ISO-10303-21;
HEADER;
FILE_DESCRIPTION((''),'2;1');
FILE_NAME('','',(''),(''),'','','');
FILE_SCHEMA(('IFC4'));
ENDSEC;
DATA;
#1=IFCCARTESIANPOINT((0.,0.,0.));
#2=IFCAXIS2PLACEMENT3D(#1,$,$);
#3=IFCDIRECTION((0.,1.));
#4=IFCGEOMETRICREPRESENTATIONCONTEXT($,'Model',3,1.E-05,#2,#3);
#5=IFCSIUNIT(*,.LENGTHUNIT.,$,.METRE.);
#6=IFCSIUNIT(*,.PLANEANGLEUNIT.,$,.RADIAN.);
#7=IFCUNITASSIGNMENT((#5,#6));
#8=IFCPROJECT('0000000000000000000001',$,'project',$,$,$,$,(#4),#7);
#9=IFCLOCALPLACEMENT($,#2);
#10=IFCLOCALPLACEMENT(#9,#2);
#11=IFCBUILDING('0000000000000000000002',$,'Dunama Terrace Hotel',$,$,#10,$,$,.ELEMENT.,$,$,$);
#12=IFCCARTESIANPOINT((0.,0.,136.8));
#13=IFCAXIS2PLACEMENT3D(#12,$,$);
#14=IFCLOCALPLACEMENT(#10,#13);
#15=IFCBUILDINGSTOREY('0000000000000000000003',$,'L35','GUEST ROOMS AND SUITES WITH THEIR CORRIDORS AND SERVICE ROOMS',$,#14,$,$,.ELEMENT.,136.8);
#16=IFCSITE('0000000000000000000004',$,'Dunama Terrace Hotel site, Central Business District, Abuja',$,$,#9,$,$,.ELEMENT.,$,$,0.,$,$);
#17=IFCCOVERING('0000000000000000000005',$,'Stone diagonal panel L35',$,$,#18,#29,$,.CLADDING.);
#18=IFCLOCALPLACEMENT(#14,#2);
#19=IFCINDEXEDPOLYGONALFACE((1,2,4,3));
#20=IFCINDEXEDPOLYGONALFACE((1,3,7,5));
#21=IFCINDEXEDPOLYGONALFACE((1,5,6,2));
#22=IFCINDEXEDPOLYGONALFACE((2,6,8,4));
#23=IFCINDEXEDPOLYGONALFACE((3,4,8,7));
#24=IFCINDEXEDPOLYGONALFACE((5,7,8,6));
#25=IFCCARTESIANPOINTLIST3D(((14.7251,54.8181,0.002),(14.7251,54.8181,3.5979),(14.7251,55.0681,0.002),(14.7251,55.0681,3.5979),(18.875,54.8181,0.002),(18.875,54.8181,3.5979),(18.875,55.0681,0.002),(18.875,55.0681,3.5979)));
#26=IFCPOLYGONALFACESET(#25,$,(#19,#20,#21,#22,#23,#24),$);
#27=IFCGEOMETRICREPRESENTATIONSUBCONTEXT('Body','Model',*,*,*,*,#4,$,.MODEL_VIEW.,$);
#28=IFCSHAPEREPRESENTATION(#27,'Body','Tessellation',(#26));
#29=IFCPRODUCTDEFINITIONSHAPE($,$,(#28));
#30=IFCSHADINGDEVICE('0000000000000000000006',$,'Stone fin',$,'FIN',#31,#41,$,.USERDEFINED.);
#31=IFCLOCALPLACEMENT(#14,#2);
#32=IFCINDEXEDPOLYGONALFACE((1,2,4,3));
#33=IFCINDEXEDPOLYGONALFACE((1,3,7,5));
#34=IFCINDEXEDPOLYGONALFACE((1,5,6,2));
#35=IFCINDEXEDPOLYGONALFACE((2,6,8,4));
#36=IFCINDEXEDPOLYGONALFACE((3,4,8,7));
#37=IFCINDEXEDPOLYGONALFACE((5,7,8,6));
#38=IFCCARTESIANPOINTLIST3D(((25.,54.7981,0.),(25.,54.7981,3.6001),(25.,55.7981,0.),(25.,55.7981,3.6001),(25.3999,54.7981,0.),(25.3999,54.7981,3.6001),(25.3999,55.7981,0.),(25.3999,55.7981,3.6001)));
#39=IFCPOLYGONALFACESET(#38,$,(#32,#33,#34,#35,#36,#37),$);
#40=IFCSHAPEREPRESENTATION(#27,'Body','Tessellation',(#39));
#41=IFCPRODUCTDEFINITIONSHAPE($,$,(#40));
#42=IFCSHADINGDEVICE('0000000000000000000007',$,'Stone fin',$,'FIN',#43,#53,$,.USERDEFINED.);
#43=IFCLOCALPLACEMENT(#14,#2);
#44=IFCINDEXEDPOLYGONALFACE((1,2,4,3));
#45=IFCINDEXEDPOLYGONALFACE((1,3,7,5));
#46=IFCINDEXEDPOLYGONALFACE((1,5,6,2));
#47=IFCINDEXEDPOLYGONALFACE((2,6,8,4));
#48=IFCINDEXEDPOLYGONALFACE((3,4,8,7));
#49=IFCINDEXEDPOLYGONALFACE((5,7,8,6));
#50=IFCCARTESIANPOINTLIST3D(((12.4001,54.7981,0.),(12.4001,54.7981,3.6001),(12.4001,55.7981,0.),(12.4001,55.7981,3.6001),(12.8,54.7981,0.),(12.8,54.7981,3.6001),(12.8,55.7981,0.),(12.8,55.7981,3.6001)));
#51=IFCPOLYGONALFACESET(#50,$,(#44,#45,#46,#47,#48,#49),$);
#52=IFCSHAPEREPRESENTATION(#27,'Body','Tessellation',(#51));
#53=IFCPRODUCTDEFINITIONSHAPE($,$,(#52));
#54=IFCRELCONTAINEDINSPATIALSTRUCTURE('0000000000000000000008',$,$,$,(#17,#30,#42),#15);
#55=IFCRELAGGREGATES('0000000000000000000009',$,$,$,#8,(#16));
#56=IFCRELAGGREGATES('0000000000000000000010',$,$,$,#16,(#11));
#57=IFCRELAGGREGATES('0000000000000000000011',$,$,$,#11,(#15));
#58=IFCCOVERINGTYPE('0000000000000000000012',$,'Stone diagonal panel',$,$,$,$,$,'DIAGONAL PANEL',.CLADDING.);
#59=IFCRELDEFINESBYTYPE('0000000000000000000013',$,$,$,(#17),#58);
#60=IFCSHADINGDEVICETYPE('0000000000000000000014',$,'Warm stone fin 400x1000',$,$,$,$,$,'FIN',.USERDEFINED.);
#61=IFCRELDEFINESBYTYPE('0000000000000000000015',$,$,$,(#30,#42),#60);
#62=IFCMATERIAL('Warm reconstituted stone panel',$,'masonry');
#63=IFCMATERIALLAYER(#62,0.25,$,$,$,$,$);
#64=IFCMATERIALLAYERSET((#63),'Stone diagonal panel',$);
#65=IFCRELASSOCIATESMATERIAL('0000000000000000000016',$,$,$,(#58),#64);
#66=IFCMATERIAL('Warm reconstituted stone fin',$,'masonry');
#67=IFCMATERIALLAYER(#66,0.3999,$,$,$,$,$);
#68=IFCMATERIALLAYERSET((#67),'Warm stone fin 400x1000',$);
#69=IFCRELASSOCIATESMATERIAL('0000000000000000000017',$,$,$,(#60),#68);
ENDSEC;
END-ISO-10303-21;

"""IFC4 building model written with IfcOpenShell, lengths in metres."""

from ifc_helpers import new_model, si_unit, direction, frame, origin, origin_2d, place, context, subcontext, project, spatial, rectangle, extrude, material, layer, layer_set, type_object, element, save


model = new_model("IFC4")

# Units and contexts
model_context = context("Model", 3, precision=1e-05, world=origin(), true_north=direction((0.0, 1.0)))
body_context = subcontext(model_context, "Body", "Model", "MODEL_VIEW")
ifc_project = project(units=[si_unit("LENGTHUNIT", "METRE"), si_unit("PLANEANGLEUNIT", "RADIAN")], contexts=[model_context])

# Site, building, storey
site_placement = place(None, origin())
site = spatial("IfcSite", under=ifc_project, at=site_placement, Name="Dunama Terrace Hotel site, Central Business District, Abuja", CompositionType="ELEMENT", RefElevation=0.0)
building_placement = place(site_placement, origin())
building = spatial("IfcBuilding", under=site, at=building_placement, Name="Dunama Terrace Hotel", CompositionType="ELEMENT")
storey_placement = place(building_placement, frame((0.0, 0.0, 136.8)))
storey = spatial("IfcBuildingStorey", under=building, at=storey_placement, Name="L35", Description="GUEST ROOMS AND SUITES WITH THEIR CORRIDORS AND SERVICE ROOMS", CompositionType="ELEMENT", Elevation=136.8)

# Covering
ifc_material_1 = material(Name="Warm reconstituted stone panel", Category="masonry")
ifc_layer_1 = layer(ifc_material_1, 0.25)
ifc_layer_set_1 = layer_set([ifc_layer_1], Name="Stone diagonal panel")
covering_type = type_object("IfcCoveringType", Name="Stone diagonal panel", ElementType="DIAGONAL PANEL", PredefinedType="CLADDING", material=ifc_layer_set_1)
covering_placement = place(storey_placement, frame((16.8, 54.9431, 0.002), z_axis=(0.0, 0.0, 1.0), x_axis=(-1.0, 0.0, 0.0)))
element("IfcCovering", 1, at=covering_placement, inside=storey, type_object=covering_type, Name="Stone diagonal panel L35", PredefinedType="CLADDING", context=body_context, shape_type="SweptSolid", body=[
    extrude(rectangle(XDim=4.1499, YDim=0.25, at=origin_2d()), origin(), (0.0, 0.0, 1.0), 3.5959),
])

# Shading devices
ifc_material_2 = material(Name="Warm reconstituted stone fin", Category="masonry")
ifc_layer_2 = layer(ifc_material_2, 0.3999)
ifc_layer_set_2 = layer_set([ifc_layer_2], Name="Warm stone fin 400x1000")
shading_device_type = type_object("IfcShadingDeviceType", Name="Warm stone fin 400x1000", ElementType="FIN", PredefinedType="USERDEFINED", material=ifc_layer_set_2)
for number, where, z_axis, x_axis, name in (
    (2, (25.2, 55.2981, 0.0), (0.0, 0.0, 1.0), (-1.0, 0.0, 0.0), "Stone fin"),
    (3, (12.6001, 55.2981, 0.0), (0.0, 0.0, 1.0), (-1.0, 0.0, 0.0), "Stone fin"),
):
    element("IfcShadingDevice", number, at=place(storey_placement, frame(where, z_axis=z_axis, x_axis=x_axis)), inside=storey, type_object=shading_device_type, Name=name, ObjectType="FIN", PredefinedType="USERDEFINED", context=body_context, shape_type="SweptSolid", body=[
        extrude(rectangle(XDim=0.3999, YDim=1.0, at=origin_2d()), origin(), (0.0, 0.0, 1.0), 3.6001),
    ])

save(model, "model.ifc")
